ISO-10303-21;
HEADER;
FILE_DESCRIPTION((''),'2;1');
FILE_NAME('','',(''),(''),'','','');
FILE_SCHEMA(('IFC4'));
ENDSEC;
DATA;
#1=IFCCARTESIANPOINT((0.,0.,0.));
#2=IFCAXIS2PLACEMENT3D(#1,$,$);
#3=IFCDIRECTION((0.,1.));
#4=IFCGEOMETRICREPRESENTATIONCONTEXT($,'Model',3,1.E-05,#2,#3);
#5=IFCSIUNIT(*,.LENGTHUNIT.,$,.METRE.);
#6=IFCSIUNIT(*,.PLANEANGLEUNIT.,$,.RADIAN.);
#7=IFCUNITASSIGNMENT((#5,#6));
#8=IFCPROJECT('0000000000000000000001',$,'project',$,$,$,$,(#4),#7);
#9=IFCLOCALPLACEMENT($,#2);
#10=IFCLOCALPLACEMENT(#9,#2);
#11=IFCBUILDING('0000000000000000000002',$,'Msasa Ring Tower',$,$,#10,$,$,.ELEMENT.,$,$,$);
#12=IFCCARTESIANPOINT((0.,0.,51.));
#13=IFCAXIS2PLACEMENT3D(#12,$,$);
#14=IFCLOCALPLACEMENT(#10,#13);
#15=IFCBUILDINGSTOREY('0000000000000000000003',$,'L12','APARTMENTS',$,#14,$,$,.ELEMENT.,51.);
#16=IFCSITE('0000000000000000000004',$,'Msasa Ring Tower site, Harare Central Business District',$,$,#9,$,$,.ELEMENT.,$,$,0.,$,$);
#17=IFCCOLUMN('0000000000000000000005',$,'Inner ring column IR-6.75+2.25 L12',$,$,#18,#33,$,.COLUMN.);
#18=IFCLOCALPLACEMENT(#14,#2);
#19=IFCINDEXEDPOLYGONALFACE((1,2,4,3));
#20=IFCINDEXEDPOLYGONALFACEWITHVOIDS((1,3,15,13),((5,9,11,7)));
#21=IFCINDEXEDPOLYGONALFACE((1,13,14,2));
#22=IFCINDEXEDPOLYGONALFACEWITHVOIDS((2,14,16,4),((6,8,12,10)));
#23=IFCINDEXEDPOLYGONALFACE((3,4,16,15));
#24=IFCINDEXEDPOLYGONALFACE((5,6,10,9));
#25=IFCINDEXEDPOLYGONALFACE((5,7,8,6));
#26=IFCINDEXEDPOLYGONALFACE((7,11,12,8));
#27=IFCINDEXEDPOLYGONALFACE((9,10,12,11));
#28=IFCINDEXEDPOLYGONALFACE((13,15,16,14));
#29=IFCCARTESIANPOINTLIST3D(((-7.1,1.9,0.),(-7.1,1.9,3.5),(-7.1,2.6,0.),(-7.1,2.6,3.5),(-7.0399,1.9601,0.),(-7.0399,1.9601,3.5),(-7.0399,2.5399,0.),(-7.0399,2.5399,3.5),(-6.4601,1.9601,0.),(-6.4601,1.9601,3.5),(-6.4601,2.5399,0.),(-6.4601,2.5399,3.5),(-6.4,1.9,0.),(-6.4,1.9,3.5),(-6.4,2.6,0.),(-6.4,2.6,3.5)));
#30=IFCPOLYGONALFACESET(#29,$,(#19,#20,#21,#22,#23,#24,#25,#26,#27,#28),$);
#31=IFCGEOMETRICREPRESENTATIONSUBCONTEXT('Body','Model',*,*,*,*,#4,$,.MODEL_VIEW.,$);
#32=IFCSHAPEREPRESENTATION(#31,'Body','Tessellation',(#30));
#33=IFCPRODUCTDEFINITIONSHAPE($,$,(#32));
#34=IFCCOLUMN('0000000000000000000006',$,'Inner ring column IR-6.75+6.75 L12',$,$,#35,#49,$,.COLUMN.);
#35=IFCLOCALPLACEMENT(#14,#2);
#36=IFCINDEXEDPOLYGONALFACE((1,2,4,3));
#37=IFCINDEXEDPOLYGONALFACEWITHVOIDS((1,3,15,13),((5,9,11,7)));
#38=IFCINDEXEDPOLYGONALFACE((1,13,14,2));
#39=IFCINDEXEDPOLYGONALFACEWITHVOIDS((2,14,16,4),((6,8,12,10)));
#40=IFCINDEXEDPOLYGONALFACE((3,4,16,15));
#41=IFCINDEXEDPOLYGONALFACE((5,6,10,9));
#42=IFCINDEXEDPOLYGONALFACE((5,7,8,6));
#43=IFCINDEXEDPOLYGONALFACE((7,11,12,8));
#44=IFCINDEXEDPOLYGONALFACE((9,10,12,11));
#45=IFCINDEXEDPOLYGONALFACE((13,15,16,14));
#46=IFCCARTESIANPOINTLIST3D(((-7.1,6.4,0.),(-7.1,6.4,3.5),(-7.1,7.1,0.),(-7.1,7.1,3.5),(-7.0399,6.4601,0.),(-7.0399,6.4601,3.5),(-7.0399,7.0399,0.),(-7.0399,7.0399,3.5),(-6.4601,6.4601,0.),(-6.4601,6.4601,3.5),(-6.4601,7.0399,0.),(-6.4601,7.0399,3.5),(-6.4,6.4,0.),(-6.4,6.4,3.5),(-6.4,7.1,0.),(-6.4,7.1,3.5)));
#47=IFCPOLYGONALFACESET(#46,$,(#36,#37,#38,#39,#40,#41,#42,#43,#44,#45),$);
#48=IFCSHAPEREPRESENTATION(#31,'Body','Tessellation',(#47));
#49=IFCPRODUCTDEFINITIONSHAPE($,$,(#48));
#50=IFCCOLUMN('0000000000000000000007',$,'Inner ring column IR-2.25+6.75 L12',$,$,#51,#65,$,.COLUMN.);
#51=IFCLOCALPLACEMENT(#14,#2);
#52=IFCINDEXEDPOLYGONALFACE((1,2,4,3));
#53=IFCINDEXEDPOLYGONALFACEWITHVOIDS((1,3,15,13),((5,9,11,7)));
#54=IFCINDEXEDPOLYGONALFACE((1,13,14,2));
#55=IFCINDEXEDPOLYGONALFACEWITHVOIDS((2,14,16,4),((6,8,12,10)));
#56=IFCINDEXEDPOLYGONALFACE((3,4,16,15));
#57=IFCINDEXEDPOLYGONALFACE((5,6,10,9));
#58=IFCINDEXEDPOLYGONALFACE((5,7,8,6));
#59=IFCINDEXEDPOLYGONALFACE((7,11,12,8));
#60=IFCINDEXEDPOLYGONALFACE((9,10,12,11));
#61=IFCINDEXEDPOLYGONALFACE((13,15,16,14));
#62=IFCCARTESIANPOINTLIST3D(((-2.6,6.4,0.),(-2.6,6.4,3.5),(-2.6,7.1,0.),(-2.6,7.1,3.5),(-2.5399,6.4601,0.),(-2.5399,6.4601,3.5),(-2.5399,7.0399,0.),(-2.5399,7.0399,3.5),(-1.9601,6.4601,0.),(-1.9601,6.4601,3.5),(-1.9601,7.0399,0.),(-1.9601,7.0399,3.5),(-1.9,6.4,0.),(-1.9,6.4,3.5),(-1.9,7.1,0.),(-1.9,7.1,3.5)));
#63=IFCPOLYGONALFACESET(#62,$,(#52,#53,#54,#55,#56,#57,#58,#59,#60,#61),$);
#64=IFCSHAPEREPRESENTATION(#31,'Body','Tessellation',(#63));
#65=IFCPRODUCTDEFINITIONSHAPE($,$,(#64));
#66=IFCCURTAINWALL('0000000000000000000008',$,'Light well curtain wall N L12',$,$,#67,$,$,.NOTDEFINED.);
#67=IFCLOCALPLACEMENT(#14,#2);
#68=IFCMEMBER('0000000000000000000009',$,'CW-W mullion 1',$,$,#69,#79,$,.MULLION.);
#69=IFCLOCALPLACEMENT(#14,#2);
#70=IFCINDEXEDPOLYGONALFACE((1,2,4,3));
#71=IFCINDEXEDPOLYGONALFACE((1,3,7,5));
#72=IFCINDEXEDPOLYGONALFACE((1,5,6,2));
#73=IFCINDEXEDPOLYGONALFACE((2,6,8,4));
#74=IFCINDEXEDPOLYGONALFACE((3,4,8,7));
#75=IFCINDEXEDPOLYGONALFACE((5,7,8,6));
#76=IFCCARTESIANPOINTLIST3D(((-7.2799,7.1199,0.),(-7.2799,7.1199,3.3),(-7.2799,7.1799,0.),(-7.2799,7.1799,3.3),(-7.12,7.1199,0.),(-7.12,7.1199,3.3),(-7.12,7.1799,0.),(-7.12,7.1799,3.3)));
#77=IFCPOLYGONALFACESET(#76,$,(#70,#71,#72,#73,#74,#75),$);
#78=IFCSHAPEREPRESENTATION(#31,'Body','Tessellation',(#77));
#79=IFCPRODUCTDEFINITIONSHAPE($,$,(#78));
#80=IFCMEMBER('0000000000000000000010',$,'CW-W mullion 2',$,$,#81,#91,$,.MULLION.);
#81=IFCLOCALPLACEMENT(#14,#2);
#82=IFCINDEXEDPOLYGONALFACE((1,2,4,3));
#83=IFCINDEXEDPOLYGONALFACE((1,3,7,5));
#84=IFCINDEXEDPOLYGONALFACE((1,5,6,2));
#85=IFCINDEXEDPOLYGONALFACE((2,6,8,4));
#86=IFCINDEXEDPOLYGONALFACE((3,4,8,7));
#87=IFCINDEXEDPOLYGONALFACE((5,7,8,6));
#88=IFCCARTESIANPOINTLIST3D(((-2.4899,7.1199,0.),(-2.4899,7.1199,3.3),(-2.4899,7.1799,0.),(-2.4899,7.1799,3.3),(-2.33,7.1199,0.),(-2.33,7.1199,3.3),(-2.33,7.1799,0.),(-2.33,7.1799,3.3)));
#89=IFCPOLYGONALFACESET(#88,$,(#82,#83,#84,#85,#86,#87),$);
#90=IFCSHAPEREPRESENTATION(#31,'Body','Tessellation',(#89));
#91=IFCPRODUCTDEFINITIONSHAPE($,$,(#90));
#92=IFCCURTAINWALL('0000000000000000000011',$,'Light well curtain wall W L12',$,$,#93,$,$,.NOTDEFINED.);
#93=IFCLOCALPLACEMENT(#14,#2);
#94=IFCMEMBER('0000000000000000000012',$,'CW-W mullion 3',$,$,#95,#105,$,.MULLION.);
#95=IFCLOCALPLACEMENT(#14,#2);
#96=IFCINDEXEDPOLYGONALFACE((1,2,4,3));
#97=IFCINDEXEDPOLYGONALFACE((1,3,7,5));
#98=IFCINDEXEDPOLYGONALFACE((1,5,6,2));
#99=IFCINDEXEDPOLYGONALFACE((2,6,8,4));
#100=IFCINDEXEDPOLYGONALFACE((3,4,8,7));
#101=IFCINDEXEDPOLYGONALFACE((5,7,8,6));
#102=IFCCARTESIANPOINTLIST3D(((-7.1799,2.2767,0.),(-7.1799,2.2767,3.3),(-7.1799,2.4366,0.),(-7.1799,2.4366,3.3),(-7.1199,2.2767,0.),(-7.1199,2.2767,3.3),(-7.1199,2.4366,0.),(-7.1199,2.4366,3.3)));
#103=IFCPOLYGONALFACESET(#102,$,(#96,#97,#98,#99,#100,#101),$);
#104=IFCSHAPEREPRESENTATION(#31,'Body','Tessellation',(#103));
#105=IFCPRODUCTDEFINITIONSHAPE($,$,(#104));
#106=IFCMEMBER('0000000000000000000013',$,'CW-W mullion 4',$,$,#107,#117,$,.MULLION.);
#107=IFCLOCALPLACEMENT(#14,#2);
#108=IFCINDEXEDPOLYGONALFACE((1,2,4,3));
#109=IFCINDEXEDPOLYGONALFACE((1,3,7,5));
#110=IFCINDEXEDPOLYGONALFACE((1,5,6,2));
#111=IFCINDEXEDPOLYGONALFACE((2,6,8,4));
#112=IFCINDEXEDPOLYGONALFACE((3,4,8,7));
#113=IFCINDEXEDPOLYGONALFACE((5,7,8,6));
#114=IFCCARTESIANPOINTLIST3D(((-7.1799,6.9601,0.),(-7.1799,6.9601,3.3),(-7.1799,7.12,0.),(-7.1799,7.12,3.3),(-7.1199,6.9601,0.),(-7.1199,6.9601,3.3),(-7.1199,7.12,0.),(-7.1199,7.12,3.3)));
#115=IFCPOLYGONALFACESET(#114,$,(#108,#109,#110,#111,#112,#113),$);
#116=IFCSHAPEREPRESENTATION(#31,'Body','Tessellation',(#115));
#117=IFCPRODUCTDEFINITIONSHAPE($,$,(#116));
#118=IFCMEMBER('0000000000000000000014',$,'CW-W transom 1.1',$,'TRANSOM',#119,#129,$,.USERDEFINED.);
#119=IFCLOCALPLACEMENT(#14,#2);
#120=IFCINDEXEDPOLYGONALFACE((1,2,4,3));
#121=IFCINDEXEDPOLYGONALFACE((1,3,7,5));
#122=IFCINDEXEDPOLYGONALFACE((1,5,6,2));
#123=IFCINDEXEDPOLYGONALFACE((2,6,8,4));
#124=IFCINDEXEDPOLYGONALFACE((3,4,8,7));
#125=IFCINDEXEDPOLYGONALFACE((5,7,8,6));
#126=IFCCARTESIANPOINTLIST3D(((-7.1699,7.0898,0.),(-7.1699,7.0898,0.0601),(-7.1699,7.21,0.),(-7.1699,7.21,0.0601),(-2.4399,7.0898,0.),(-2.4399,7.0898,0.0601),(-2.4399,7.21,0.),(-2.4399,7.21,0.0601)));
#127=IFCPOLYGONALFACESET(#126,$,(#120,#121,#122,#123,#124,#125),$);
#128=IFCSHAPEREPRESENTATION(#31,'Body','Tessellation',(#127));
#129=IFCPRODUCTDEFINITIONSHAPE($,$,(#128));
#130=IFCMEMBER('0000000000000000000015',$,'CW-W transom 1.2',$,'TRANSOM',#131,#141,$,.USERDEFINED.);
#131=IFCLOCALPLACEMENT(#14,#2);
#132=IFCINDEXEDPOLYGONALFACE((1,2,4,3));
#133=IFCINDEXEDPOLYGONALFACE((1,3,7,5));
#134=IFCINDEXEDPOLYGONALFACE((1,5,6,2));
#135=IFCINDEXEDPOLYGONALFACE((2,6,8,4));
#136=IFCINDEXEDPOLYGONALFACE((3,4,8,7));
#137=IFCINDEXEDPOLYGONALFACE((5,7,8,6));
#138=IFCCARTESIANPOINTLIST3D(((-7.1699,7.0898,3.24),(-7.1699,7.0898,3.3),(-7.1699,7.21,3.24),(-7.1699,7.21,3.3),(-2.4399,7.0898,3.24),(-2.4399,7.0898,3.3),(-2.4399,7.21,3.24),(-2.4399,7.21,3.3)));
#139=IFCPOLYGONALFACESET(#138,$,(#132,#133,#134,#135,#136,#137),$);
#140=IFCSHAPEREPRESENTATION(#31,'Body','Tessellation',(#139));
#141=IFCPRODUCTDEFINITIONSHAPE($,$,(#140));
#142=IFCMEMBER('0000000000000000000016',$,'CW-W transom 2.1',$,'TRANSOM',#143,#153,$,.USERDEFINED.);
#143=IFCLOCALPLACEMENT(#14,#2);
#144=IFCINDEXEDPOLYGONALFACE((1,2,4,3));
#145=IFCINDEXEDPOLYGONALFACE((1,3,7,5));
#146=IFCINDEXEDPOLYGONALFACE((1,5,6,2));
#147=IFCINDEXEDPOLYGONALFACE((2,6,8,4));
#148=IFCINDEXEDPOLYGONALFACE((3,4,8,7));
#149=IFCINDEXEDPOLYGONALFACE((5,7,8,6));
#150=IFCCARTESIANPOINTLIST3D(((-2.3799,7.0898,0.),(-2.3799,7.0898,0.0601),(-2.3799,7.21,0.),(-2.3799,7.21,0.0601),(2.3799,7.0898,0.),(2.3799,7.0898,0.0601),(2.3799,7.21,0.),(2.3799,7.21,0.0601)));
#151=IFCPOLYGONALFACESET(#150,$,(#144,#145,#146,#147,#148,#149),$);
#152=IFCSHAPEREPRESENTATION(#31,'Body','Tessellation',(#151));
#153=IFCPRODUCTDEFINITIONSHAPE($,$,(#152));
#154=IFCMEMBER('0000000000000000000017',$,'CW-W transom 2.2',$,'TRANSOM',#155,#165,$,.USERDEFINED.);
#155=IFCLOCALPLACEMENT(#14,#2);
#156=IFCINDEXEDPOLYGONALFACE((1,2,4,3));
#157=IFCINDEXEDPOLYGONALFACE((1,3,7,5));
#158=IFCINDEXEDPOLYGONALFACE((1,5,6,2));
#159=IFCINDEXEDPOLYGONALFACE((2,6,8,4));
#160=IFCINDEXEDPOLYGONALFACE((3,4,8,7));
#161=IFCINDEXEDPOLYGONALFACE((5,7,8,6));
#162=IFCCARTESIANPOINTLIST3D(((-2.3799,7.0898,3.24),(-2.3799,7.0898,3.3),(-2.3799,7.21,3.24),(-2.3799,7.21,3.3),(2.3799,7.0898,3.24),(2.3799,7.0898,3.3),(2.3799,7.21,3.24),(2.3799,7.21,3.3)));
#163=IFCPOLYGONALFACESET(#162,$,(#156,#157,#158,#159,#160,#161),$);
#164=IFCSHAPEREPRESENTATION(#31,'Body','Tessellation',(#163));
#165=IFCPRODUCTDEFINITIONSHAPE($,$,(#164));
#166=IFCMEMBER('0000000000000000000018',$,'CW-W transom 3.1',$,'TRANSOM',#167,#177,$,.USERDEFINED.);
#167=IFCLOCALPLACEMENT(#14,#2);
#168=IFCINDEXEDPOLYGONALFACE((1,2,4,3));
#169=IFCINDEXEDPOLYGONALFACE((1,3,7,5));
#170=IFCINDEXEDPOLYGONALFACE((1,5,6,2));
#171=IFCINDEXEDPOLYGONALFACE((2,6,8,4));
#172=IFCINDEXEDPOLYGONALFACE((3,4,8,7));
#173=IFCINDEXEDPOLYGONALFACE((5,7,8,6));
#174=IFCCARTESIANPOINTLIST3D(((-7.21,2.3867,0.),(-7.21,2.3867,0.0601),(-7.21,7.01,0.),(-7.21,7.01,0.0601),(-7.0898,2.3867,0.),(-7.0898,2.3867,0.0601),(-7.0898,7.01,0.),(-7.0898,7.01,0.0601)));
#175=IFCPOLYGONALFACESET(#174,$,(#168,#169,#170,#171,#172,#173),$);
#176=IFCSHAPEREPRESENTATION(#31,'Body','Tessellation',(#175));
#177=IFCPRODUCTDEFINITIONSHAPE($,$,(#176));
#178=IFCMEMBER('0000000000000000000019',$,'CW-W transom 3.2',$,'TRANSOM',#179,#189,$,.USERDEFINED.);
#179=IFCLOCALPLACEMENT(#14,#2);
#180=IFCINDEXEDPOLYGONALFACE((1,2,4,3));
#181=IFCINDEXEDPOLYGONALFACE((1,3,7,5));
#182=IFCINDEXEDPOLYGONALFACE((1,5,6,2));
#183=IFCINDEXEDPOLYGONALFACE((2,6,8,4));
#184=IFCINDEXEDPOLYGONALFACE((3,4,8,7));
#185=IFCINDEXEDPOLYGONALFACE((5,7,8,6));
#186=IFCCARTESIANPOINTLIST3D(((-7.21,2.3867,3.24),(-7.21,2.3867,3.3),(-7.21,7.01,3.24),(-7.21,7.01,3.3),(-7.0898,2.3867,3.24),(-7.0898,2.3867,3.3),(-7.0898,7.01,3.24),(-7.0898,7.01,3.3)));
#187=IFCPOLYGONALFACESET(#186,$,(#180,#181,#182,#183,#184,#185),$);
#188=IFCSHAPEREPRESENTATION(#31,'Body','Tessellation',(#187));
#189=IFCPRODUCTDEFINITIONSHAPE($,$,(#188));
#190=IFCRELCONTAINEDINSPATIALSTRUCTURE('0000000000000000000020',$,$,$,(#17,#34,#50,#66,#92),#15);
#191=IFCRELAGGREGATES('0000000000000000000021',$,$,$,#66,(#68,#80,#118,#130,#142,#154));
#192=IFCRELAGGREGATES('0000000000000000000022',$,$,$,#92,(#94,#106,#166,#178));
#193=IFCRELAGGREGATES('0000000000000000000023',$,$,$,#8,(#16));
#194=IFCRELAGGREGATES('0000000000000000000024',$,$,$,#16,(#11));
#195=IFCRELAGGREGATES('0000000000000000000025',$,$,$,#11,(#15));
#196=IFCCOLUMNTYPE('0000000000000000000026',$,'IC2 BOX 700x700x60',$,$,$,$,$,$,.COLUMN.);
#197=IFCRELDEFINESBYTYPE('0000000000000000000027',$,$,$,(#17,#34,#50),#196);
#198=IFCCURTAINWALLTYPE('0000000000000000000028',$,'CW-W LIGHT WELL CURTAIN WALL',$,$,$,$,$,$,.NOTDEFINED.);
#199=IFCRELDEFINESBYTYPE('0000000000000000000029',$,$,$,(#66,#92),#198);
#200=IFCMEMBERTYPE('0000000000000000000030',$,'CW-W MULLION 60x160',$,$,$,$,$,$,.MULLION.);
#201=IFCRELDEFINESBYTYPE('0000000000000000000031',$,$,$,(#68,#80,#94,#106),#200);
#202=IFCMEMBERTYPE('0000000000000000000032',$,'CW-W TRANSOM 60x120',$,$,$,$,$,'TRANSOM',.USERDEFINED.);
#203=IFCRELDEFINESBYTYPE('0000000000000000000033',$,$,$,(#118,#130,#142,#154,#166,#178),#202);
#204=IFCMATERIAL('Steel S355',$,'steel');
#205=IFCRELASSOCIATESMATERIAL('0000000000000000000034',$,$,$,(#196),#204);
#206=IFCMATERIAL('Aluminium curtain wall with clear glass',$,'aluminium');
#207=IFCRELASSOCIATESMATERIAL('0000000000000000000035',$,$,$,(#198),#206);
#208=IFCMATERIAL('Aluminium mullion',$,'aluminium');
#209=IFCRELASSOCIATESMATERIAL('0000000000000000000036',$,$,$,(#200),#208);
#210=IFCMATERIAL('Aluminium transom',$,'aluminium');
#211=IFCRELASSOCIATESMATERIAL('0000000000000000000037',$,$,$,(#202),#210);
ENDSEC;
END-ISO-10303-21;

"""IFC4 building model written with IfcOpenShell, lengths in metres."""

from ifc_helpers import new_model, si_unit, direction, frame, origin, origin_2d, place, context, subcontext, project, spatial, rectangle, hollow_rectangle, extrude, material, material_profile, profile_set, type_object, element, aggregate, save


model = new_model("IFC4")

# Units and contexts
model_context = context("Model", 3, precision=1e-05, world=origin(), true_north=direction((0.0, 1.0)))
body_context = subcontext(model_context, "Body", "Model", "MODEL_VIEW")
ifc_project = project(units=[si_unit("LENGTHUNIT", "METRE"), si_unit("PLANEANGLEUNIT", "RADIAN")], contexts=[model_context])

# Site, building, storey
site_placement = place(None, origin())
site = spatial("IfcSite", under=ifc_project, at=site_placement, Name="Msasa Ring Tower site, Harare Central Business District", CompositionType="ELEMENT", RefElevation=0.0)
building_placement = place(site_placement, origin())
building = spatial("IfcBuilding", under=site, at=building_placement, Name="Msasa Ring Tower", CompositionType="ELEMENT")
storey_placement = place(building_placement, frame((0.0, 0.0, 51.0)))
storey = spatial("IfcBuildingStorey", under=building, at=storey_placement, Name="L12", Description="APARTMENTS", CompositionType="ELEMENT", Elevation=51.0)

# Columns
ifc_material_1 = material(Name="Steel S355", Category="steel")
ifc_material_profile_1 = material_profile(ifc_material_1, hollow_rectangle(XDim=0.7, YDim=0.7, WallThickness=0.0601, at=origin_2d()), Name="BOX 700x700x60")
ifc_profile_set_1 = profile_set([ifc_material_profile_1], Name="Steel S355")
column_type = type_object("IfcColumnType", Name="IC2 BOX 700x700x60", PredefinedType="COLUMN", material=ifc_profile_set_1)
for number, where, z_axis, x_axis, name in (
    (1, (-6.75, 2.25, 0.0), (0.0, 0.0, 1.0), (1.0, 0.0, 0.0), "Inner ring column IR-6.75+2.25 L12"),
    (2, (-6.75, 6.75, 0.0), (0.0, 0.0, 1.0), (1.0, 0.0, 0.0), "Inner ring column IR-6.75+6.75 L12"),
    (3, (-2.25, 6.75, 0.0), (0.0, 0.0, 1.0), (1.0, 0.0, 0.0), "Inner ring column IR-2.25+6.75 L12"),
):
    element("IfcColumn", number, at=place(storey_placement, frame(where, z_axis=z_axis, x_axis=x_axis)), inside=storey, type_object=column_type, Name=name, PredefinedType="COLUMN", context=body_context, shape_type="SweptSolid", body=[
        extrude(hollow_rectangle(XDim=0.7, YDim=0.7, WallThickness=0.0601, at=origin_2d()), origin(), (0.0, 0.0, 1.0), 3.5),
    ])

# Curtain walls, members
ifc_material_2 = material(Name="Aluminium curtain wall with clear glass", Category="aluminium")
curtain_wall_type = type_object("IfcCurtainWallType", Name="CW-W LIGHT WELL CURTAIN WALL", PredefinedType="NOTDEFINED", material=ifc_material_2)
curtain_wall_1_placement = place(storey_placement, origin())
curtain_wall_1 = element("IfcCurtainWall", 4, at=curtain_wall_1_placement, inside=storey, type_object=curtain_wall_type, Name="Light well curtain wall N L12", PredefinedType="NOTDEFINED")
ifc_material_3 = material(Name="Aluminium mullion", Category="aluminium")
ifc_material_profile_2 = material_profile(ifc_material_3, rectangle(XDim=0.0601, YDim=0.1599, at=origin_2d()), Name="AL 60x160")
ifc_profile_set_2 = profile_set([ifc_material_profile_2], Name="Aluminium mullion")
member_type_1 = type_object("IfcMemberType", Name="CW-W MULLION 60x160", PredefinedType="MULLION", material=ifc_profile_set_2)
member_1_placement = place(storey_placement, frame((-7.2, 7.1499, 0.0), z_axis=(0.0, 0.0, 1.0), x_axis=(0.0, 1.0, 0.0)))
member_1 = element("IfcMember", 5, at=member_1_placement, type_object=member_type_1, Name="CW-W mullion 1", PredefinedType="MULLION", context=body_context, shape_type="SweptSolid", body=[
    extrude(rectangle(XDim=0.0601, YDim=0.1599, at=origin_2d()), origin(), (0.0, 0.0, 1.0), 3.3),
])
member_2_placement = place(storey_placement, frame((-2.4099, 7.1499, 0.0), z_axis=(0.0, 0.0, 1.0), x_axis=(0.0, 1.0, 0.0)))
member_2 = element("IfcMember", 6, at=member_2_placement, type_object=member_type_1, Name="CW-W mullion 2", PredefinedType="MULLION", context=body_context, shape_type="SweptSolid", body=[
    extrude(rectangle(XDim=0.0601, YDim=0.1599, at=origin_2d()), origin(), (0.0, 0.0, 1.0), 3.3),
])
curtain_wall_2_placement = place(storey_placement, origin())
curtain_wall_2 = element("IfcCurtainWall", 7, at=curtain_wall_2_placement, inside=storey, type_object=curtain_wall_type, Name="Light well curtain wall W L12", PredefinedType="NOTDEFINED")
member_3_placement = place(storey_placement, frame((-7.1499, 2.3567, 0.0), z_axis=(0.0, 0.0, 1.0), x_axis=(-1.0, 0.0, 0.0)))
member_3 = element("IfcMember", 8, at=member_3_placement, type_object=member_type_1, Name="CW-W mullion 3", PredefinedType="MULLION", context=body_context, shape_type="SweptSolid", body=[
    extrude(rectangle(XDim=0.0601, YDim=0.1599, at=origin_2d()), origin(), (0.0, 0.0, 1.0), 3.3),
])
member_4_placement = place(storey_placement, frame((-7.1499, 7.04, 0.0), z_axis=(0.0, 0.0, 1.0), x_axis=(-1.0, 0.0, 0.0)))
member_4 = element("IfcMember", 9, at=member_4_placement, type_object=member_type_1, Name="CW-W mullion 4", PredefinedType="MULLION", context=body_context, shape_type="SweptSolid", body=[
    extrude(rectangle(XDim=0.0601, YDim=0.1599, at=origin_2d()), origin(), (0.0, 0.0, 1.0), 3.3),
])

# Members
ifc_material_4 = material(Name="Aluminium transom", Category="aluminium")
ifc_material_profile_3 = material_profile(ifc_material_4, rectangle(XDim=0.1201, YDim=0.0601, at=origin_2d()), Name="AL 60x120")
ifc_profile_set_3 = profile_set([ifc_material_profile_3], Name="Aluminium transom")
member_type_2 = type_object("IfcMemberType", Name="CW-W TRANSOM 60x120", ElementType="TRANSOM", PredefinedType="USERDEFINED", material=ifc_profile_set_3)
member_5_placement = place(storey_placement, frame((-7.1699, 7.1499, 0.03), z_axis=(1.0, 0.0, 0.0), x_axis=(0.0, 1.0, 0.0)))
member_5 = element("IfcMember", 10, at=member_5_placement, type_object=member_type_2, Name="CW-W transom 1.1", ObjectType="TRANSOM", PredefinedType="USERDEFINED", context=body_context, shape_type="SweptSolid", body=[
    extrude(rectangle(XDim=0.1201, YDim=0.0601, at=origin_2d()), origin(), (0.0, 0.0, 1.0), 4.73),
])
member_6_placement = place(storey_placement, frame((-7.1699, 7.1499, 3.27), z_axis=(1.0, 0.0, 0.0), x_axis=(0.0, 1.0, 0.0)))
member_6 = element("IfcMember", 11, at=member_6_placement, type_object=member_type_2, Name="CW-W transom 1.2", ObjectType="TRANSOM", PredefinedType="USERDEFINED", context=body_context, shape_type="SweptSolid", body=[
    extrude(rectangle(XDim=0.1201, YDim=0.0601, at=origin_2d()), origin(), (0.0, 0.0, 1.0), 4.73),
])
member_7_placement = place(storey_placement, frame((-2.3799, 7.1499, 0.03), z_axis=(1.0, 0.0, 0.0), x_axis=(0.0, 1.0, 0.0)))
member_7 = element("IfcMember", 12, at=member_7_placement, type_object=member_type_2, Name="CW-W transom 2.1", ObjectType="TRANSOM", PredefinedType="USERDEFINED", context=body_context, shape_type="SweptSolid", body=[
    extrude(rectangle(XDim=0.1201, YDim=0.0601, at=origin_2d()), origin(), (0.0, 0.0, 1.0), 4.7598),
])
member_8_placement = place(storey_placement, frame((-2.3799, 7.1499, 3.27), z_axis=(1.0, 0.0, 0.0), x_axis=(0.0, 1.0, 0.0)))
member_8 = element("IfcMember", 13, at=member_8_placement, type_object=member_type_2, Name="CW-W transom 2.2", ObjectType="TRANSOM", PredefinedType="USERDEFINED", context=body_context, shape_type="SweptSolid", body=[
    extrude(rectangle(XDim=0.1201, YDim=0.0601, at=origin_2d()), origin(), (0.0, 0.0, 1.0), 4.7598),
])
member_9_placement = place(storey_placement, frame((-7.1499, 2.3867, 0.03), z_axis=(0.0, 1.0, 0.0), x_axis=(-1.0, 0.0, 0.0)))
member_9 = element("IfcMember", 14, at=member_9_placement, type_object=member_type_2, Name="CW-W transom 3.1", ObjectType="TRANSOM", PredefinedType="USERDEFINED", context=body_context, shape_type="SweptSolid", body=[
    extrude(rectangle(XDim=0.1201, YDim=0.0601, at=origin_2d()), origin(), (0.0, 0.0, 1.0), 4.6233),
])
member_10_placement = place(storey_placement, frame((-7.1499, 2.3867, 3.27), z_axis=(0.0, 1.0, 0.0), x_axis=(-1.0, 0.0, 0.0)))
member_10 = element("IfcMember", 15, at=member_10_placement, type_object=member_type_2, Name="CW-W transom 3.2", ObjectType="TRANSOM", PredefinedType="USERDEFINED", context=body_context, shape_type="SweptSolid", body=[
    extrude(rectangle(XDim=0.1201, YDim=0.0601, at=origin_2d()), origin(), (0.0, 0.0, 1.0), 4.6233),
])

aggregate(curtain_wall_1, [member_1, member_2, member_5, member_6, member_7, member_8])
aggregate(curtain_wall_2, [member_3, member_4, member_9, member_10])

save(model, "model.ifc")
